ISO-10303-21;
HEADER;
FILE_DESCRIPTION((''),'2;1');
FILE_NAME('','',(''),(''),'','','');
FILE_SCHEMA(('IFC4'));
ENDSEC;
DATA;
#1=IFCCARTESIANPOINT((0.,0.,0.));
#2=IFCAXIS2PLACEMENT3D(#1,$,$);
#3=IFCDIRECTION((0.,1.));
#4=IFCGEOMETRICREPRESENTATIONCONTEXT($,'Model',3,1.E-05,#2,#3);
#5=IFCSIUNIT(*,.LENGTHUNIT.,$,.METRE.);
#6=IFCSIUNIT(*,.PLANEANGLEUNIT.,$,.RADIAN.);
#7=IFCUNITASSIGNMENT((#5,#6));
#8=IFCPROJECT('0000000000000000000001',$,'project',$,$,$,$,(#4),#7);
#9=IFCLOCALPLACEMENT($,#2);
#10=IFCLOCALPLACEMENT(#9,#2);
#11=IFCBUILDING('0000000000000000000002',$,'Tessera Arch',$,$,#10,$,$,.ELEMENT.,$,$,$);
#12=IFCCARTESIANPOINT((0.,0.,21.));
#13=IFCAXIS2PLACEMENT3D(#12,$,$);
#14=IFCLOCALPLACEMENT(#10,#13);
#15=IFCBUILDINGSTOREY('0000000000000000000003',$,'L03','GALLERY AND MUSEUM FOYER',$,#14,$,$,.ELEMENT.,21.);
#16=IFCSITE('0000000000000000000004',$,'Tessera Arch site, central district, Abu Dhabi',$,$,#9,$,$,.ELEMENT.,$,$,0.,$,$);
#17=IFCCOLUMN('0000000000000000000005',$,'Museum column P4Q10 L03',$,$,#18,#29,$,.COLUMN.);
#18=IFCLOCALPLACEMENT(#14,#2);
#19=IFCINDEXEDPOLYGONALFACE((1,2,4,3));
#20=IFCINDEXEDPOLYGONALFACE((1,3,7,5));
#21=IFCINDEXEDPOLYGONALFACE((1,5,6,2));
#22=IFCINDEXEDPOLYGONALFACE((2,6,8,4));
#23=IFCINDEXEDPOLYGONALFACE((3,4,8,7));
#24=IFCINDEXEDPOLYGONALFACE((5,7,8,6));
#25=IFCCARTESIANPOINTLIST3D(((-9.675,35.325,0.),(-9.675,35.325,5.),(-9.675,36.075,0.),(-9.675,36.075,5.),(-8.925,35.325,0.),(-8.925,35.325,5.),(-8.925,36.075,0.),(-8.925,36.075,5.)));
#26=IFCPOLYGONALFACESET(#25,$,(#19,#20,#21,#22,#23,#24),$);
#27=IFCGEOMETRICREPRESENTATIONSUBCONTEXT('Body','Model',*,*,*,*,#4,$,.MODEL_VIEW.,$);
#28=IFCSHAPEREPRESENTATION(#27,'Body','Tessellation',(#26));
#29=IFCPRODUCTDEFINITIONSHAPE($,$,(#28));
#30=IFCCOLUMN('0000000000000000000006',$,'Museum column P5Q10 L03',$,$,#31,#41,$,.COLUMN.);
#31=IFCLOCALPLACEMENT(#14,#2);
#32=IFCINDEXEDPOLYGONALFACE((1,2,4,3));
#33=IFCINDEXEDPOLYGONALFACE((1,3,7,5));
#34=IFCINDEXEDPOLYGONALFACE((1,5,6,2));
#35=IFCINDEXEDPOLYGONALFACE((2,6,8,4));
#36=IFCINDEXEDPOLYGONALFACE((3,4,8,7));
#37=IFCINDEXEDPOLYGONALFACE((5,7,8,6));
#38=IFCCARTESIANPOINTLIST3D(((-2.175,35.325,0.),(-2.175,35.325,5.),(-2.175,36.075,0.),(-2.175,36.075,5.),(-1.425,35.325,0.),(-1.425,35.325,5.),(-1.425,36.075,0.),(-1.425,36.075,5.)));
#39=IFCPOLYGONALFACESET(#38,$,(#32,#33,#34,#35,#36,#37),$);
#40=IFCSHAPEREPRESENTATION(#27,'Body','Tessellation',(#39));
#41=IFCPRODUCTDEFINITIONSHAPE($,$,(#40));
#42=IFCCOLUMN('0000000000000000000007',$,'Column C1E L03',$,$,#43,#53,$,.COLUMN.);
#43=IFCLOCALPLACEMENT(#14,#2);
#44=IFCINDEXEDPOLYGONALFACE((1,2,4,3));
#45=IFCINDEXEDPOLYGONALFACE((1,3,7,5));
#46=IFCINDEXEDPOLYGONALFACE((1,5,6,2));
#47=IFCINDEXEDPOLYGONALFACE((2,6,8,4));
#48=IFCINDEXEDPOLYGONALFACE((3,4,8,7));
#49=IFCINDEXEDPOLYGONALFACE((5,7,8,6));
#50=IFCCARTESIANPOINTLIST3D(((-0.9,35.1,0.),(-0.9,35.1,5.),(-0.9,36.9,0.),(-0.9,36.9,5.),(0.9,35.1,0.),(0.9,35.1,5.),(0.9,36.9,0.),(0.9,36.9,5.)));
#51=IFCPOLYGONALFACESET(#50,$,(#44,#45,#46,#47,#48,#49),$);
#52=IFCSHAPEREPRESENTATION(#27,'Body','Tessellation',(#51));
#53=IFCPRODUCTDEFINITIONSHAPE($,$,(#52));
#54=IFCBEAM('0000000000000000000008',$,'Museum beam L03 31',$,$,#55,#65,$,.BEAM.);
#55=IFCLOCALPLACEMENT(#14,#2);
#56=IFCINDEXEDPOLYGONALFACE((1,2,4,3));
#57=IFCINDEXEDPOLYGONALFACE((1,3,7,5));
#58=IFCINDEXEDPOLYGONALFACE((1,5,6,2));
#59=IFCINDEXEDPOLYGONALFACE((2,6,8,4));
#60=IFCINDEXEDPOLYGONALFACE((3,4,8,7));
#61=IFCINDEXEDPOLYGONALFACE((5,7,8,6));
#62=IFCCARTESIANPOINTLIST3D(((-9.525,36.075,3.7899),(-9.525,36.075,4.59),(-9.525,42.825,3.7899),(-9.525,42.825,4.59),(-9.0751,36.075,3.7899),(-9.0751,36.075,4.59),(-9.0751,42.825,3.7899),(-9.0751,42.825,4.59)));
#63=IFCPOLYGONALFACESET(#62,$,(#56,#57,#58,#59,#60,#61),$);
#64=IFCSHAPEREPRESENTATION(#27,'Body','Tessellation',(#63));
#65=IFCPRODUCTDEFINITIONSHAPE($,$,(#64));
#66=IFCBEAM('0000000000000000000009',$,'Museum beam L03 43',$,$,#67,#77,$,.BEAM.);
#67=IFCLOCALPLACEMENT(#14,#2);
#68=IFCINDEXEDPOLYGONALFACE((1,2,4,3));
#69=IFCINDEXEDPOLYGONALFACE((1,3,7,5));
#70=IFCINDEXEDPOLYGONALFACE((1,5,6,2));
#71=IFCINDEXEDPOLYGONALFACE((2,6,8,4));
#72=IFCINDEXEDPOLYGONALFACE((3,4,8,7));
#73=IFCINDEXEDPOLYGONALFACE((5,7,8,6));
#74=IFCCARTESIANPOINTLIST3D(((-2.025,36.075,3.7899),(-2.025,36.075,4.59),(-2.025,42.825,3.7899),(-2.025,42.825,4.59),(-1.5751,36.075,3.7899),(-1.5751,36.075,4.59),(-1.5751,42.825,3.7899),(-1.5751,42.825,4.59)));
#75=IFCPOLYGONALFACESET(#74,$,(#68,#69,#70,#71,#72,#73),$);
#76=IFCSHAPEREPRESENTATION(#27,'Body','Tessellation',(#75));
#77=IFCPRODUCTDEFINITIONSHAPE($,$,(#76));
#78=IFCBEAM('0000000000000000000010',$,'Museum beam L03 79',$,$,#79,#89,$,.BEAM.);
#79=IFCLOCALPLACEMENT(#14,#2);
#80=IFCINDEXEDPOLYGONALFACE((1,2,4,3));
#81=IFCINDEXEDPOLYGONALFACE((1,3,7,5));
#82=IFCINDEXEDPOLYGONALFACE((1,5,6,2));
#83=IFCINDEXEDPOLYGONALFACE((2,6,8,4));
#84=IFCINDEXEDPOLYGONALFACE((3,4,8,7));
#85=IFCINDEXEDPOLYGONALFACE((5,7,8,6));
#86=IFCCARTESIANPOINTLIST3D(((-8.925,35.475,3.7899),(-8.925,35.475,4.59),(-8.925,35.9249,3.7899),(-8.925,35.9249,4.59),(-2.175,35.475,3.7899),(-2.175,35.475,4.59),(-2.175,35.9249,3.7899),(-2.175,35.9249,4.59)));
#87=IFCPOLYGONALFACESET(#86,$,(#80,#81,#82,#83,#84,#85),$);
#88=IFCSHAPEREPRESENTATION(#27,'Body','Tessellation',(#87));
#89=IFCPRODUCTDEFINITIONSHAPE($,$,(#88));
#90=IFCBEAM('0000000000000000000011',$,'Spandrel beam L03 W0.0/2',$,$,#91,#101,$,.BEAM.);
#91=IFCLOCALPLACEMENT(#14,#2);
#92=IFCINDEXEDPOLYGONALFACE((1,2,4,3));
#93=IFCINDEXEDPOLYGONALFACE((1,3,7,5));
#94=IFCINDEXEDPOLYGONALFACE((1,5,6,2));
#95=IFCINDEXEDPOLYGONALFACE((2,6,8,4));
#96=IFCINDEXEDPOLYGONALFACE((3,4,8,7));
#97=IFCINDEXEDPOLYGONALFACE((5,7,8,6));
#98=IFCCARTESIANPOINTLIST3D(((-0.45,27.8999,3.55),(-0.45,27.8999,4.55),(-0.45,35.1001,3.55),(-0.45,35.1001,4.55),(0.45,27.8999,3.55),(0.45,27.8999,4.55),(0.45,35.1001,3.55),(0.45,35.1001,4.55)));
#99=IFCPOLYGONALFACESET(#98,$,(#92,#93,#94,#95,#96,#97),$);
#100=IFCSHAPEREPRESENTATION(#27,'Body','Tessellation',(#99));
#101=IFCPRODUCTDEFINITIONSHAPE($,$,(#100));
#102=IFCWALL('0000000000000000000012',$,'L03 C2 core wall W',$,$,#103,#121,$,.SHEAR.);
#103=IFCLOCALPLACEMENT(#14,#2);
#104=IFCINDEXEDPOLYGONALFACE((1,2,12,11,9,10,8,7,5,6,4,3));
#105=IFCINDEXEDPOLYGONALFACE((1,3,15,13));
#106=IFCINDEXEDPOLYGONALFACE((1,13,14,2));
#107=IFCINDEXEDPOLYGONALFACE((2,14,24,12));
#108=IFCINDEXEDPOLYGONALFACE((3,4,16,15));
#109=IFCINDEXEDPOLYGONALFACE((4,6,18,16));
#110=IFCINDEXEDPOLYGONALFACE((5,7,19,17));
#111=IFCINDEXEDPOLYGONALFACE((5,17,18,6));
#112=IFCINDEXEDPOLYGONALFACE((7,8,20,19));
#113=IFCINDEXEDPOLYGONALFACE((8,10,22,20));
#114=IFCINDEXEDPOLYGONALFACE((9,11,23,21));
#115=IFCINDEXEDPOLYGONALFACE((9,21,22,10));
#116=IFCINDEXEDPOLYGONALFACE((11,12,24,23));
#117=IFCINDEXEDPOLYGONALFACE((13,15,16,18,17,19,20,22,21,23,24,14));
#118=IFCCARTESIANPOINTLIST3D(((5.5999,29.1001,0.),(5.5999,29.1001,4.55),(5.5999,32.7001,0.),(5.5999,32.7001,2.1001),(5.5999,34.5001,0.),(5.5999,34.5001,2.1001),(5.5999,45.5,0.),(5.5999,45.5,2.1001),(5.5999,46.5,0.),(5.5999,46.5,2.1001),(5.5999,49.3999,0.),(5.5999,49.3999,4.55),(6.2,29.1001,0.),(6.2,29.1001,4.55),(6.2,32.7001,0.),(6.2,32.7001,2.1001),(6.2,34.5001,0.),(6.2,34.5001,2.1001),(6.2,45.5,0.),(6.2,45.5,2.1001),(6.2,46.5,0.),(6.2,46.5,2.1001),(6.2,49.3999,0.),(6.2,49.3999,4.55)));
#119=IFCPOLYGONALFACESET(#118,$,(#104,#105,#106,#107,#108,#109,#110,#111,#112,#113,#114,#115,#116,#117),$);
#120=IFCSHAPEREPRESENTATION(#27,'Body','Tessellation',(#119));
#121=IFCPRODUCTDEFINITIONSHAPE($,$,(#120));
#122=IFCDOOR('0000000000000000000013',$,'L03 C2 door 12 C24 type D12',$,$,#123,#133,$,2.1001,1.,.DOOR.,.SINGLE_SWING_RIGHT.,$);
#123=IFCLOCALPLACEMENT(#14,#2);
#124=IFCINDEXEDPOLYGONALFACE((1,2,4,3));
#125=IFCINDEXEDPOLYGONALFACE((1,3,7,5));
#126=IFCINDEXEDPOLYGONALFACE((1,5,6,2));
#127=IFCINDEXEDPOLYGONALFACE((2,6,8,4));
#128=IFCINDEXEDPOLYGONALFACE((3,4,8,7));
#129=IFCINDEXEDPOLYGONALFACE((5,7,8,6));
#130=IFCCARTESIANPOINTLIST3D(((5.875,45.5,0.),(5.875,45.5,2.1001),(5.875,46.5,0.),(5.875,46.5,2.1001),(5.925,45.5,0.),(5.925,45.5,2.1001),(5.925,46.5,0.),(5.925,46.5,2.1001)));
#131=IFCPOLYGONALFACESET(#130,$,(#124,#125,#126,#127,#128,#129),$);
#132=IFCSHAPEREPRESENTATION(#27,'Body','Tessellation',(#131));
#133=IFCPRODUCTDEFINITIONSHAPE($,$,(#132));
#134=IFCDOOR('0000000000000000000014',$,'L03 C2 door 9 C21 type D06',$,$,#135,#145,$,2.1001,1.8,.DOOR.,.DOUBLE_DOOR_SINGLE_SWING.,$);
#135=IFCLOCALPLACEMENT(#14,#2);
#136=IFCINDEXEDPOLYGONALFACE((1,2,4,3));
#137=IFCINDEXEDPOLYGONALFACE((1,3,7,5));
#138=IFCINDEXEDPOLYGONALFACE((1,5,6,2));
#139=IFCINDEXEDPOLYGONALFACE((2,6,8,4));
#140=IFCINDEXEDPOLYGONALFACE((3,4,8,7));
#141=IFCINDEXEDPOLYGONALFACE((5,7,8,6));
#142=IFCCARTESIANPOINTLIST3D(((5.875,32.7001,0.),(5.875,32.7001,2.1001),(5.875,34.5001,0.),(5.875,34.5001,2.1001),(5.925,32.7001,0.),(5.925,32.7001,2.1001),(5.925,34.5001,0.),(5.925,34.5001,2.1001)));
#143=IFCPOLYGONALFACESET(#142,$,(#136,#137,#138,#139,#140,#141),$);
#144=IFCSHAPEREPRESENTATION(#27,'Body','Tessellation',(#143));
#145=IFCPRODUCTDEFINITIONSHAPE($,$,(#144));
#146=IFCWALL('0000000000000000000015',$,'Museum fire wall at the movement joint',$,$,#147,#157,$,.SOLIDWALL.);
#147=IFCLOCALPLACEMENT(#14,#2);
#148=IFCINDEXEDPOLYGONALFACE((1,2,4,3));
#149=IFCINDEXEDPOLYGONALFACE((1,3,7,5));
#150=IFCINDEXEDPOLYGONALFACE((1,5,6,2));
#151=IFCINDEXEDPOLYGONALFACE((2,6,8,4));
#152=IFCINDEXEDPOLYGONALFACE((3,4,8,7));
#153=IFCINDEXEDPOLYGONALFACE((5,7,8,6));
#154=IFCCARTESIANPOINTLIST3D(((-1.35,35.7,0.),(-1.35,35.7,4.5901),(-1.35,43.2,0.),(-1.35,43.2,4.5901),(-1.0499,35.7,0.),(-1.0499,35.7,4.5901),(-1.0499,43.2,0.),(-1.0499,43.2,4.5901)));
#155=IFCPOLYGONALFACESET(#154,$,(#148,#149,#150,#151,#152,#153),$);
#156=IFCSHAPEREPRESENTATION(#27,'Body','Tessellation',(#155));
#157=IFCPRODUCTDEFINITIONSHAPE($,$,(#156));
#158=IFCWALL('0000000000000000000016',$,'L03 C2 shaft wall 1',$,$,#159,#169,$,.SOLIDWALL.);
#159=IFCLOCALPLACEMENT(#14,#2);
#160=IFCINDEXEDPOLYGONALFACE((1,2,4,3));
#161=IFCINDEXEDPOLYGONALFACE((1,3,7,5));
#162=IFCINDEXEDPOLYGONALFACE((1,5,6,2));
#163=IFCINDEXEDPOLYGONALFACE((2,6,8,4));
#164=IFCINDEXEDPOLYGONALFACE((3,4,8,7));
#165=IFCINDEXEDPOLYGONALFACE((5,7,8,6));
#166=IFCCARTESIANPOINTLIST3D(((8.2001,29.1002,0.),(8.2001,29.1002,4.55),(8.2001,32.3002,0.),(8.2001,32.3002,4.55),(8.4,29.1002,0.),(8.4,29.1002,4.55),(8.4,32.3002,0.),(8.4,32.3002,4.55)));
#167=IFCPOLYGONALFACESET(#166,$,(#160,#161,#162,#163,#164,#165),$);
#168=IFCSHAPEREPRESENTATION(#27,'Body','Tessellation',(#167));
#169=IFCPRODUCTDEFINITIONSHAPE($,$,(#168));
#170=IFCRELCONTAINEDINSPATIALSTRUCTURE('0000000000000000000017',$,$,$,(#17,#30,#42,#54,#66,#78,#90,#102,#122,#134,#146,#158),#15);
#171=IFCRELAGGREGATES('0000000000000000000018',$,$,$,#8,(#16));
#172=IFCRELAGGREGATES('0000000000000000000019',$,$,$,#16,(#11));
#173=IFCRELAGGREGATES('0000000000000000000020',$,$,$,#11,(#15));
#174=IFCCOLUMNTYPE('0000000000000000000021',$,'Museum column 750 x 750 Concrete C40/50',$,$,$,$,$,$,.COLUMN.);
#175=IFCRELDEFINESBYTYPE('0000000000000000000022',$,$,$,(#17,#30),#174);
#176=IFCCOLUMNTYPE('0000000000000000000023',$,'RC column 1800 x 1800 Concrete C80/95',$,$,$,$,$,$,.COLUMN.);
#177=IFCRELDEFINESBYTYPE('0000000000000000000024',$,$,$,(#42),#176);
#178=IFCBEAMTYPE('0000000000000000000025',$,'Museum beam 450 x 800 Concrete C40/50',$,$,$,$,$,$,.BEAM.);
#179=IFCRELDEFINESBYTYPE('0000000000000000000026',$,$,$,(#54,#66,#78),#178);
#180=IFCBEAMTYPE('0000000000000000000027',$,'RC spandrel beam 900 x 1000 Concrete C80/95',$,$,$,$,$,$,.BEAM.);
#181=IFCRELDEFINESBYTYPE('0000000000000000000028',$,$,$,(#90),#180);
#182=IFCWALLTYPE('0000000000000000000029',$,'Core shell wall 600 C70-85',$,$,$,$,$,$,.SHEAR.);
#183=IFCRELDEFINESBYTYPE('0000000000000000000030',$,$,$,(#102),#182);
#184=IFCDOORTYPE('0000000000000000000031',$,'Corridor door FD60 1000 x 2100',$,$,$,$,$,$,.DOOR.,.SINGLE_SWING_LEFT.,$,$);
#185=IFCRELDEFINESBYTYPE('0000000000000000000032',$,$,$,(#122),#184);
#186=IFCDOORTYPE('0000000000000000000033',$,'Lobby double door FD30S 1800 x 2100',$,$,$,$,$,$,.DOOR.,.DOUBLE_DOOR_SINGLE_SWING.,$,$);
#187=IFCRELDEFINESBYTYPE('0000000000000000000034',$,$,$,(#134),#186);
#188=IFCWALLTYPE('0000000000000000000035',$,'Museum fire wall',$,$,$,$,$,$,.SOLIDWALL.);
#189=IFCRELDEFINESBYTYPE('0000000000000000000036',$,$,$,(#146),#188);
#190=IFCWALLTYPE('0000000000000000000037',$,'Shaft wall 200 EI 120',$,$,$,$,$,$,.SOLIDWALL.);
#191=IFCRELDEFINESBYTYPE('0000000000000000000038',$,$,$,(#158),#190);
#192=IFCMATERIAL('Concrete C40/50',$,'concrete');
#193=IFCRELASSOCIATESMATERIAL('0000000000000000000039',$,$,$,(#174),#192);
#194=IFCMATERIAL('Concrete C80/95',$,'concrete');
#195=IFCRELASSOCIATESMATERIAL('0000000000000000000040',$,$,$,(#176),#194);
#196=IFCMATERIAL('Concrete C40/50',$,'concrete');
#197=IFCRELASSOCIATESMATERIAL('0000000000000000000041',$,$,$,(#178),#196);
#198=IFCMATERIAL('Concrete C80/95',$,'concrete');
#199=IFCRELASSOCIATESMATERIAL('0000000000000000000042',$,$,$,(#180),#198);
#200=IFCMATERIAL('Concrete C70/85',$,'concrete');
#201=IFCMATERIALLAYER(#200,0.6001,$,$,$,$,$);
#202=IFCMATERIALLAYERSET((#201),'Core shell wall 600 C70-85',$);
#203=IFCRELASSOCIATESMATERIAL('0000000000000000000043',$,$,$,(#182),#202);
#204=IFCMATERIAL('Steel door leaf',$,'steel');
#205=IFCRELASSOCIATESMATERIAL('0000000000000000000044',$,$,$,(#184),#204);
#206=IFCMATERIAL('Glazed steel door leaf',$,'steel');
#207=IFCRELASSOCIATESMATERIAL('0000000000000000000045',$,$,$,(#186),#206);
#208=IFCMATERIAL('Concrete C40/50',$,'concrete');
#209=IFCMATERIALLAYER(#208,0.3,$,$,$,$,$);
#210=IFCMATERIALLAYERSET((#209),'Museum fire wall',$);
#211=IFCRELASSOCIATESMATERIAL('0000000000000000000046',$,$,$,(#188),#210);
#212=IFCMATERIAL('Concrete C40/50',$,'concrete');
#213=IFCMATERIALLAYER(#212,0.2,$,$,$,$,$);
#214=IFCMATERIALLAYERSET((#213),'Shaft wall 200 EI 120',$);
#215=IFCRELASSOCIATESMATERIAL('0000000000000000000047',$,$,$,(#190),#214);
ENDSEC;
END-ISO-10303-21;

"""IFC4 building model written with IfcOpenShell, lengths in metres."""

from ifc_helpers import new_model, si_unit, direction, frame, frame_2d, origin, origin_2d, place, context, subcontext, project, spatial, rectangle, extrude, material, layer, layer_set, material_profile, profile_set, type_object, element, fill, save


model = new_model("IFC4")

# Units and contexts
model_context = context("Model", 3, precision=1e-05, world=origin(), true_north=direction((0.0, 1.0)))
body_context = subcontext(model_context, "Body", "Model", "MODEL_VIEW")
ifc_project = project(units=[si_unit("LENGTHUNIT", "METRE"), si_unit("PLANEANGLEUNIT", "RADIAN")], contexts=[model_context])

# Site, building, storey
site_placement = place(None, origin())
site = spatial("IfcSite", under=ifc_project, at=site_placement, Name="Tessera Arch site, central district, Abu Dhabi", CompositionType="ELEMENT", RefElevation=0.0)
building_placement = place(site_placement, origin())
building = spatial("IfcBuilding", under=site, at=building_placement, Name="Tessera Arch", CompositionType="ELEMENT")
storey_placement = place(building_placement, frame((0.0, 0.0, 21.0)))
storey = spatial("IfcBuildingStorey", under=building, at=storey_placement, Name="L03", Description="GALLERY AND MUSEUM FOYER", CompositionType="ELEMENT", Elevation=21.0)

# Columns
ifc_material_1 = material(Name="Concrete C40/50", Category="concrete")
ifc_material_profile_1 = material_profile(ifc_material_1, rectangle(XDim=0.75, YDim=0.75, at=origin_2d()), Name="Museum column 750 x 750 Concrete C40/50")
ifc_profile_set_1 = profile_set([ifc_material_profile_1], Name="Concrete C40/50")
column_type_1 = type_object("IfcColumnType", Name="Museum column 750 x 750 Concrete C40/50", PredefinedType="COLUMN", material=ifc_profile_set_1)
for number, where, z_axis, x_axis, name in (
    (1, (-9.3, 35.7, 0.0), (0.0, 0.0, 1.0), (1.0, 0.0, 0.0), "Museum column P4Q10 L03"),
    (2, (-1.8, 35.7, 0.0), (0.0, 0.0, 1.0), (1.0, 0.0, 0.0), "Museum column P5Q10 L03"),
):
    element("IfcColumn", number, at=place(storey_placement, frame(where, z_axis=z_axis, x_axis=x_axis)), inside=storey, type_object=column_type_1, Name=name, PredefinedType="COLUMN", context=body_context, shape_type="SweptSolid", body=[
        extrude(rectangle(XDim=0.75, YDim=0.75, at=origin_2d()), origin(), (0.0, 0.0, 1.0), 5.0),
    ])
ifc_material_2 = material(Name="Concrete C80/95", Category="concrete")
ifc_material_profile_2 = material_profile(ifc_material_2, rectangle(XDim=1.8, YDim=1.8, at=origin_2d()), Name="RC column 1800 x 1800 Concrete C80/95")
ifc_profile_set_2 = profile_set([ifc_material_profile_2], Name="Concrete C80/95")
column_type_2 = type_object("IfcColumnType", Name="RC column 1800 x 1800 Concrete C80/95", PredefinedType="COLUMN", material=ifc_profile_set_2)
column_placement = place(storey_placement, frame((0.0, 36.0, 0.0), z_axis=(0.0, 0.0, 1.0), x_axis=(1.0, 0.0, 0.0)))
element("IfcColumn", 3, at=column_placement, inside=storey, type_object=column_type_2, Name="Column C1E L03", PredefinedType="COLUMN", context=body_context, shape_type="SweptSolid", body=[
    extrude(rectangle(XDim=1.8, YDim=1.8, at=origin_2d()), origin(), (0.0, 0.0, 1.0), 5.0),
])

# Beams
ifc_material_3 = material(Name="Concrete C40/50", Category="concrete")
ifc_material_profile_3 = material_profile(ifc_material_3, rectangle(XDim=0.45, YDim=0.8, at=origin_2d()), Name="Museum beam 450 x 800 Concrete C40/50")
ifc_profile_set_3 = profile_set([ifc_material_profile_3], Name="Concrete C40/50")
beam_type_1 = type_object("IfcBeamType", Name="Museum beam 450 x 800 Concrete C40/50", PredefinedType="BEAM", material=ifc_profile_set_3)
for number, where, z_axis, x_axis, name in (
    (4, (-9.3, 36.075, 4.1899), (0.0, 1.0, 0.0), (-1.0, 0.0, 0.0), "Museum beam L03 31"),
    (5, (-1.8, 36.075, 4.1899), (0.0, 1.0, 0.0), (-1.0, 0.0, 0.0), "Museum beam L03 43"),
    (6, (-8.925, 35.7, 4.1899), (1.0, 0.0, 0.0), (0.0, 1.0, 0.0), "Museum beam L03 79"),
):
    element("IfcBeam", number, at=place(storey_placement, frame(where, z_axis=z_axis, x_axis=x_axis)), inside=storey, type_object=beam_type_1, Name=name, PredefinedType="BEAM", context=body_context, shape_type="SweptSolid", body=[
        extrude(rectangle(XDim=0.45, YDim=0.8, at=origin_2d()), origin(), (0.0, 0.0, 1.0), 6.75),
    ])
ifc_material_4 = material(Name="Concrete C80/95", Category="concrete")
ifc_material_profile_4 = material_profile(ifc_material_4, rectangle(XDim=0.8999, YDim=1.0, at=origin_2d()), Name="RC spandrel beam 900 x 1000 Concrete C80/95")
ifc_profile_set_4 = profile_set([ifc_material_profile_4], Name="Concrete C80/95")
beam_type_2 = type_object("IfcBeamType", Name="RC spandrel beam 900 x 1000 Concrete C80/95", PredefinedType="BEAM", material=ifc_profile_set_4)
beam_placement = place(storey_placement, frame((0.0, 35.1001, 4.05), z_axis=(0.0, -1.0, 0.0), x_axis=(1.0, 0.0, 0.0)))
element("IfcBeam", 7, at=beam_placement, inside=storey, type_object=beam_type_2, Name="Spandrel beam L03 W0.0/2", PredefinedType="BEAM", context=body_context, shape_type="SweptSolid", body=[
    extrude(rectangle(XDim=0.8999, YDim=1.0, at=origin_2d()), origin(), (0.0, 0.0, 1.0), 7.2002),
])

# Wall, openings, doors
ifc_material_5 = material(Name="Concrete C70/85", Category="concrete")
ifc_layer_1 = layer(ifc_material_5, 0.6001)
ifc_layer_set_1 = layer_set([ifc_layer_1], Name="Core shell wall 600 C70-85")
wall_type_1 = type_object("IfcWallType", Name="Core shell wall 600 C70-85", PredefinedType="SHEAR", material=ifc_layer_set_1)
wall_1_placement = place(storey_placement, frame((5.8999, 29.1001, 0.0), z_axis=(0.0, 0.0, 1.0), x_axis=(0.0, 1.0, 0.0)))
wall_1 = element("IfcWall", 8, at=wall_1_placement, inside=storey, type_object=wall_type_1, Name="L03 C2 core wall W", PredefinedType="SHEAR", context=body_context, shape_type="SweptSolid", body=[
    extrude(rectangle(XDim=20.2998, YDim=0.6001, at=frame_2d((10.1499, 0.0))), origin(), (0.0, 0.0, 1.0), 4.55),
])
opening_1_placement = place(wall_1_placement, frame((3.6001, 0.0, 0.0)))
opening_1 = element("IfcOpeningElement", 9, at=opening_1_placement, cuts=wall_1, PredefinedType="OPENING", context=body_context, shape_type="SweptSolid", body=[
    extrude(rectangle(XDim=1.8, YDim=2.1001, at=frame_2d((0.8999, 1.05))), frame((0.0, 0.3101, 0.0), z_axis=(0.0, -1.0, 0.0), x_axis=(1.0, 0.0, 0.0)), (0.0, 0.0, 1.0), 0.6201),
])
opening_2_placement = place(wall_1_placement, frame((16.3999, 0.0, 0.0)))
opening_2 = element("IfcOpeningElement", 10, at=opening_2_placement, cuts=wall_1, PredefinedType="OPENING", context=body_context, shape_type="SweptSolid", body=[
    extrude(rectangle(XDim=1.0, YDim=2.1001, at=frame_2d((0.5, 1.05))), frame((0.0, 0.3101, 0.0), z_axis=(0.0, -1.0, 0.0), x_axis=(1.0, 0.0, 0.0)), (0.0, 0.0, 1.0), 0.6201),
])
ifc_material_6 = material(Name="Steel door leaf", Category="steel")
door_type_1 = type_object("IfcDoorType", Name="Corridor door FD60 1000 x 2100", OperationType="SINGLE_SWING_LEFT", PredefinedType="DOOR", material=ifc_material_6)
door_1_placement = place(opening_2_placement, origin())
door_1 = element("IfcDoor", 11, at=door_1_placement, inside=storey, type_object=door_type_1, Name="L03 C2 door 12 C24 type D12", OperationType="SINGLE_SWING_RIGHT", OverallHeight=2.1001, OverallWidth=1.0, PredefinedType="DOOR", context=body_context, shape_type="SweptSolid", body=[
    extrude(rectangle(XDim=1.0, YDim=2.1001, at=frame_2d((0.5, 1.05))), frame((0.0, 0.0249, 0.0), z_axis=(0.0, -1.0, 0.0), x_axis=(1.0, 0.0, 0.0)), (0.0, 0.0, 1.0), 0.05),
])
fill(opening_2, door_1)
ifc_material_7 = material(Name="Glazed steel door leaf", Category="steel")
door_type_2 = type_object("IfcDoorType", Name="Lobby double door FD30S 1800 x 2100", OperationType="DOUBLE_DOOR_SINGLE_SWING", PredefinedType="DOOR", material=ifc_material_7)
door_2_placement = place(opening_1_placement, origin())
door_2 = element("IfcDoor", 12, at=door_2_placement, inside=storey, type_object=door_type_2, Name="L03 C2 door 9 C21 type D06", OperationType="DOUBLE_DOOR_SINGLE_SWING", OverallHeight=2.1001, OverallWidth=1.8, PredefinedType="DOOR", context=body_context, shape_type="SweptSolid", body=[
    extrude(rectangle(XDim=1.8, YDim=2.1001, at=frame_2d((0.8999, 1.05))), frame((0.0, 0.0249, 0.0), z_axis=(0.0, -1.0, 0.0), x_axis=(1.0, 0.0, 0.0)), (0.0, 0.0, 1.0), 0.05),
])
fill(opening_1, door_2)

# Walls
ifc_material_8 = material(Name="Concrete C40/50", Category="concrete")
ifc_layer_2 = layer(ifc_material_8, 0.3)
ifc_layer_set_2 = layer_set([ifc_layer_2], Name="Museum fire wall")
wall_type_2 = type_object("IfcWallType", Name="Museum fire wall", PredefinedType="SOLIDWALL", material=ifc_layer_set_2)
wall_2_placement = place(storey_placement, frame((-1.2, 35.7, 0.0), z_axis=(0.0, 0.0, 1.0), x_axis=(0.0, 1.0, 0.0)))
element("IfcWall", 13, at=wall_2_placement, inside=storey, type_object=wall_type_2, Name="Museum fire wall at the movement joint", PredefinedType="SOLIDWALL", context=body_context, shape_type="SweptSolid", body=[
    extrude(rectangle(XDim=7.5, YDim=0.3, at=frame_2d((3.75, 0.0))), origin(), (0.0, 0.0, 1.0), 4.5901),
])
ifc_material_9 = material(Name="Concrete C40/50", Category="concrete")
ifc_layer_3 = layer(ifc_material_9, 0.2)
ifc_layer_set_3 = layer_set([ifc_layer_3], Name="Shaft wall 200 EI 120")
wall_type_3 = type_object("IfcWallType", Name="Shaft wall 200 EI 120", PredefinedType="SOLIDWALL", material=ifc_layer_set_3)
wall_3_placement = place(storey_placement, frame((8.3, 29.1001, 0.0), z_axis=(0.0, 0.0, 1.0), x_axis=(0.0, 1.0, 0.0)))
element("IfcWall", 14, at=wall_3_placement, inside=storey, type_object=wall_type_3, Name="L03 C2 shaft wall 1", PredefinedType="SOLIDWALL", context=body_context, shape_type="SweptSolid", body=[
    extrude(rectangle(XDim=3.2, YDim=0.2, at=frame_2d((1.6001, 0.0))), origin(), (0.0, 0.0, 1.0), 4.55),
])

save(model, "model.ifc")
